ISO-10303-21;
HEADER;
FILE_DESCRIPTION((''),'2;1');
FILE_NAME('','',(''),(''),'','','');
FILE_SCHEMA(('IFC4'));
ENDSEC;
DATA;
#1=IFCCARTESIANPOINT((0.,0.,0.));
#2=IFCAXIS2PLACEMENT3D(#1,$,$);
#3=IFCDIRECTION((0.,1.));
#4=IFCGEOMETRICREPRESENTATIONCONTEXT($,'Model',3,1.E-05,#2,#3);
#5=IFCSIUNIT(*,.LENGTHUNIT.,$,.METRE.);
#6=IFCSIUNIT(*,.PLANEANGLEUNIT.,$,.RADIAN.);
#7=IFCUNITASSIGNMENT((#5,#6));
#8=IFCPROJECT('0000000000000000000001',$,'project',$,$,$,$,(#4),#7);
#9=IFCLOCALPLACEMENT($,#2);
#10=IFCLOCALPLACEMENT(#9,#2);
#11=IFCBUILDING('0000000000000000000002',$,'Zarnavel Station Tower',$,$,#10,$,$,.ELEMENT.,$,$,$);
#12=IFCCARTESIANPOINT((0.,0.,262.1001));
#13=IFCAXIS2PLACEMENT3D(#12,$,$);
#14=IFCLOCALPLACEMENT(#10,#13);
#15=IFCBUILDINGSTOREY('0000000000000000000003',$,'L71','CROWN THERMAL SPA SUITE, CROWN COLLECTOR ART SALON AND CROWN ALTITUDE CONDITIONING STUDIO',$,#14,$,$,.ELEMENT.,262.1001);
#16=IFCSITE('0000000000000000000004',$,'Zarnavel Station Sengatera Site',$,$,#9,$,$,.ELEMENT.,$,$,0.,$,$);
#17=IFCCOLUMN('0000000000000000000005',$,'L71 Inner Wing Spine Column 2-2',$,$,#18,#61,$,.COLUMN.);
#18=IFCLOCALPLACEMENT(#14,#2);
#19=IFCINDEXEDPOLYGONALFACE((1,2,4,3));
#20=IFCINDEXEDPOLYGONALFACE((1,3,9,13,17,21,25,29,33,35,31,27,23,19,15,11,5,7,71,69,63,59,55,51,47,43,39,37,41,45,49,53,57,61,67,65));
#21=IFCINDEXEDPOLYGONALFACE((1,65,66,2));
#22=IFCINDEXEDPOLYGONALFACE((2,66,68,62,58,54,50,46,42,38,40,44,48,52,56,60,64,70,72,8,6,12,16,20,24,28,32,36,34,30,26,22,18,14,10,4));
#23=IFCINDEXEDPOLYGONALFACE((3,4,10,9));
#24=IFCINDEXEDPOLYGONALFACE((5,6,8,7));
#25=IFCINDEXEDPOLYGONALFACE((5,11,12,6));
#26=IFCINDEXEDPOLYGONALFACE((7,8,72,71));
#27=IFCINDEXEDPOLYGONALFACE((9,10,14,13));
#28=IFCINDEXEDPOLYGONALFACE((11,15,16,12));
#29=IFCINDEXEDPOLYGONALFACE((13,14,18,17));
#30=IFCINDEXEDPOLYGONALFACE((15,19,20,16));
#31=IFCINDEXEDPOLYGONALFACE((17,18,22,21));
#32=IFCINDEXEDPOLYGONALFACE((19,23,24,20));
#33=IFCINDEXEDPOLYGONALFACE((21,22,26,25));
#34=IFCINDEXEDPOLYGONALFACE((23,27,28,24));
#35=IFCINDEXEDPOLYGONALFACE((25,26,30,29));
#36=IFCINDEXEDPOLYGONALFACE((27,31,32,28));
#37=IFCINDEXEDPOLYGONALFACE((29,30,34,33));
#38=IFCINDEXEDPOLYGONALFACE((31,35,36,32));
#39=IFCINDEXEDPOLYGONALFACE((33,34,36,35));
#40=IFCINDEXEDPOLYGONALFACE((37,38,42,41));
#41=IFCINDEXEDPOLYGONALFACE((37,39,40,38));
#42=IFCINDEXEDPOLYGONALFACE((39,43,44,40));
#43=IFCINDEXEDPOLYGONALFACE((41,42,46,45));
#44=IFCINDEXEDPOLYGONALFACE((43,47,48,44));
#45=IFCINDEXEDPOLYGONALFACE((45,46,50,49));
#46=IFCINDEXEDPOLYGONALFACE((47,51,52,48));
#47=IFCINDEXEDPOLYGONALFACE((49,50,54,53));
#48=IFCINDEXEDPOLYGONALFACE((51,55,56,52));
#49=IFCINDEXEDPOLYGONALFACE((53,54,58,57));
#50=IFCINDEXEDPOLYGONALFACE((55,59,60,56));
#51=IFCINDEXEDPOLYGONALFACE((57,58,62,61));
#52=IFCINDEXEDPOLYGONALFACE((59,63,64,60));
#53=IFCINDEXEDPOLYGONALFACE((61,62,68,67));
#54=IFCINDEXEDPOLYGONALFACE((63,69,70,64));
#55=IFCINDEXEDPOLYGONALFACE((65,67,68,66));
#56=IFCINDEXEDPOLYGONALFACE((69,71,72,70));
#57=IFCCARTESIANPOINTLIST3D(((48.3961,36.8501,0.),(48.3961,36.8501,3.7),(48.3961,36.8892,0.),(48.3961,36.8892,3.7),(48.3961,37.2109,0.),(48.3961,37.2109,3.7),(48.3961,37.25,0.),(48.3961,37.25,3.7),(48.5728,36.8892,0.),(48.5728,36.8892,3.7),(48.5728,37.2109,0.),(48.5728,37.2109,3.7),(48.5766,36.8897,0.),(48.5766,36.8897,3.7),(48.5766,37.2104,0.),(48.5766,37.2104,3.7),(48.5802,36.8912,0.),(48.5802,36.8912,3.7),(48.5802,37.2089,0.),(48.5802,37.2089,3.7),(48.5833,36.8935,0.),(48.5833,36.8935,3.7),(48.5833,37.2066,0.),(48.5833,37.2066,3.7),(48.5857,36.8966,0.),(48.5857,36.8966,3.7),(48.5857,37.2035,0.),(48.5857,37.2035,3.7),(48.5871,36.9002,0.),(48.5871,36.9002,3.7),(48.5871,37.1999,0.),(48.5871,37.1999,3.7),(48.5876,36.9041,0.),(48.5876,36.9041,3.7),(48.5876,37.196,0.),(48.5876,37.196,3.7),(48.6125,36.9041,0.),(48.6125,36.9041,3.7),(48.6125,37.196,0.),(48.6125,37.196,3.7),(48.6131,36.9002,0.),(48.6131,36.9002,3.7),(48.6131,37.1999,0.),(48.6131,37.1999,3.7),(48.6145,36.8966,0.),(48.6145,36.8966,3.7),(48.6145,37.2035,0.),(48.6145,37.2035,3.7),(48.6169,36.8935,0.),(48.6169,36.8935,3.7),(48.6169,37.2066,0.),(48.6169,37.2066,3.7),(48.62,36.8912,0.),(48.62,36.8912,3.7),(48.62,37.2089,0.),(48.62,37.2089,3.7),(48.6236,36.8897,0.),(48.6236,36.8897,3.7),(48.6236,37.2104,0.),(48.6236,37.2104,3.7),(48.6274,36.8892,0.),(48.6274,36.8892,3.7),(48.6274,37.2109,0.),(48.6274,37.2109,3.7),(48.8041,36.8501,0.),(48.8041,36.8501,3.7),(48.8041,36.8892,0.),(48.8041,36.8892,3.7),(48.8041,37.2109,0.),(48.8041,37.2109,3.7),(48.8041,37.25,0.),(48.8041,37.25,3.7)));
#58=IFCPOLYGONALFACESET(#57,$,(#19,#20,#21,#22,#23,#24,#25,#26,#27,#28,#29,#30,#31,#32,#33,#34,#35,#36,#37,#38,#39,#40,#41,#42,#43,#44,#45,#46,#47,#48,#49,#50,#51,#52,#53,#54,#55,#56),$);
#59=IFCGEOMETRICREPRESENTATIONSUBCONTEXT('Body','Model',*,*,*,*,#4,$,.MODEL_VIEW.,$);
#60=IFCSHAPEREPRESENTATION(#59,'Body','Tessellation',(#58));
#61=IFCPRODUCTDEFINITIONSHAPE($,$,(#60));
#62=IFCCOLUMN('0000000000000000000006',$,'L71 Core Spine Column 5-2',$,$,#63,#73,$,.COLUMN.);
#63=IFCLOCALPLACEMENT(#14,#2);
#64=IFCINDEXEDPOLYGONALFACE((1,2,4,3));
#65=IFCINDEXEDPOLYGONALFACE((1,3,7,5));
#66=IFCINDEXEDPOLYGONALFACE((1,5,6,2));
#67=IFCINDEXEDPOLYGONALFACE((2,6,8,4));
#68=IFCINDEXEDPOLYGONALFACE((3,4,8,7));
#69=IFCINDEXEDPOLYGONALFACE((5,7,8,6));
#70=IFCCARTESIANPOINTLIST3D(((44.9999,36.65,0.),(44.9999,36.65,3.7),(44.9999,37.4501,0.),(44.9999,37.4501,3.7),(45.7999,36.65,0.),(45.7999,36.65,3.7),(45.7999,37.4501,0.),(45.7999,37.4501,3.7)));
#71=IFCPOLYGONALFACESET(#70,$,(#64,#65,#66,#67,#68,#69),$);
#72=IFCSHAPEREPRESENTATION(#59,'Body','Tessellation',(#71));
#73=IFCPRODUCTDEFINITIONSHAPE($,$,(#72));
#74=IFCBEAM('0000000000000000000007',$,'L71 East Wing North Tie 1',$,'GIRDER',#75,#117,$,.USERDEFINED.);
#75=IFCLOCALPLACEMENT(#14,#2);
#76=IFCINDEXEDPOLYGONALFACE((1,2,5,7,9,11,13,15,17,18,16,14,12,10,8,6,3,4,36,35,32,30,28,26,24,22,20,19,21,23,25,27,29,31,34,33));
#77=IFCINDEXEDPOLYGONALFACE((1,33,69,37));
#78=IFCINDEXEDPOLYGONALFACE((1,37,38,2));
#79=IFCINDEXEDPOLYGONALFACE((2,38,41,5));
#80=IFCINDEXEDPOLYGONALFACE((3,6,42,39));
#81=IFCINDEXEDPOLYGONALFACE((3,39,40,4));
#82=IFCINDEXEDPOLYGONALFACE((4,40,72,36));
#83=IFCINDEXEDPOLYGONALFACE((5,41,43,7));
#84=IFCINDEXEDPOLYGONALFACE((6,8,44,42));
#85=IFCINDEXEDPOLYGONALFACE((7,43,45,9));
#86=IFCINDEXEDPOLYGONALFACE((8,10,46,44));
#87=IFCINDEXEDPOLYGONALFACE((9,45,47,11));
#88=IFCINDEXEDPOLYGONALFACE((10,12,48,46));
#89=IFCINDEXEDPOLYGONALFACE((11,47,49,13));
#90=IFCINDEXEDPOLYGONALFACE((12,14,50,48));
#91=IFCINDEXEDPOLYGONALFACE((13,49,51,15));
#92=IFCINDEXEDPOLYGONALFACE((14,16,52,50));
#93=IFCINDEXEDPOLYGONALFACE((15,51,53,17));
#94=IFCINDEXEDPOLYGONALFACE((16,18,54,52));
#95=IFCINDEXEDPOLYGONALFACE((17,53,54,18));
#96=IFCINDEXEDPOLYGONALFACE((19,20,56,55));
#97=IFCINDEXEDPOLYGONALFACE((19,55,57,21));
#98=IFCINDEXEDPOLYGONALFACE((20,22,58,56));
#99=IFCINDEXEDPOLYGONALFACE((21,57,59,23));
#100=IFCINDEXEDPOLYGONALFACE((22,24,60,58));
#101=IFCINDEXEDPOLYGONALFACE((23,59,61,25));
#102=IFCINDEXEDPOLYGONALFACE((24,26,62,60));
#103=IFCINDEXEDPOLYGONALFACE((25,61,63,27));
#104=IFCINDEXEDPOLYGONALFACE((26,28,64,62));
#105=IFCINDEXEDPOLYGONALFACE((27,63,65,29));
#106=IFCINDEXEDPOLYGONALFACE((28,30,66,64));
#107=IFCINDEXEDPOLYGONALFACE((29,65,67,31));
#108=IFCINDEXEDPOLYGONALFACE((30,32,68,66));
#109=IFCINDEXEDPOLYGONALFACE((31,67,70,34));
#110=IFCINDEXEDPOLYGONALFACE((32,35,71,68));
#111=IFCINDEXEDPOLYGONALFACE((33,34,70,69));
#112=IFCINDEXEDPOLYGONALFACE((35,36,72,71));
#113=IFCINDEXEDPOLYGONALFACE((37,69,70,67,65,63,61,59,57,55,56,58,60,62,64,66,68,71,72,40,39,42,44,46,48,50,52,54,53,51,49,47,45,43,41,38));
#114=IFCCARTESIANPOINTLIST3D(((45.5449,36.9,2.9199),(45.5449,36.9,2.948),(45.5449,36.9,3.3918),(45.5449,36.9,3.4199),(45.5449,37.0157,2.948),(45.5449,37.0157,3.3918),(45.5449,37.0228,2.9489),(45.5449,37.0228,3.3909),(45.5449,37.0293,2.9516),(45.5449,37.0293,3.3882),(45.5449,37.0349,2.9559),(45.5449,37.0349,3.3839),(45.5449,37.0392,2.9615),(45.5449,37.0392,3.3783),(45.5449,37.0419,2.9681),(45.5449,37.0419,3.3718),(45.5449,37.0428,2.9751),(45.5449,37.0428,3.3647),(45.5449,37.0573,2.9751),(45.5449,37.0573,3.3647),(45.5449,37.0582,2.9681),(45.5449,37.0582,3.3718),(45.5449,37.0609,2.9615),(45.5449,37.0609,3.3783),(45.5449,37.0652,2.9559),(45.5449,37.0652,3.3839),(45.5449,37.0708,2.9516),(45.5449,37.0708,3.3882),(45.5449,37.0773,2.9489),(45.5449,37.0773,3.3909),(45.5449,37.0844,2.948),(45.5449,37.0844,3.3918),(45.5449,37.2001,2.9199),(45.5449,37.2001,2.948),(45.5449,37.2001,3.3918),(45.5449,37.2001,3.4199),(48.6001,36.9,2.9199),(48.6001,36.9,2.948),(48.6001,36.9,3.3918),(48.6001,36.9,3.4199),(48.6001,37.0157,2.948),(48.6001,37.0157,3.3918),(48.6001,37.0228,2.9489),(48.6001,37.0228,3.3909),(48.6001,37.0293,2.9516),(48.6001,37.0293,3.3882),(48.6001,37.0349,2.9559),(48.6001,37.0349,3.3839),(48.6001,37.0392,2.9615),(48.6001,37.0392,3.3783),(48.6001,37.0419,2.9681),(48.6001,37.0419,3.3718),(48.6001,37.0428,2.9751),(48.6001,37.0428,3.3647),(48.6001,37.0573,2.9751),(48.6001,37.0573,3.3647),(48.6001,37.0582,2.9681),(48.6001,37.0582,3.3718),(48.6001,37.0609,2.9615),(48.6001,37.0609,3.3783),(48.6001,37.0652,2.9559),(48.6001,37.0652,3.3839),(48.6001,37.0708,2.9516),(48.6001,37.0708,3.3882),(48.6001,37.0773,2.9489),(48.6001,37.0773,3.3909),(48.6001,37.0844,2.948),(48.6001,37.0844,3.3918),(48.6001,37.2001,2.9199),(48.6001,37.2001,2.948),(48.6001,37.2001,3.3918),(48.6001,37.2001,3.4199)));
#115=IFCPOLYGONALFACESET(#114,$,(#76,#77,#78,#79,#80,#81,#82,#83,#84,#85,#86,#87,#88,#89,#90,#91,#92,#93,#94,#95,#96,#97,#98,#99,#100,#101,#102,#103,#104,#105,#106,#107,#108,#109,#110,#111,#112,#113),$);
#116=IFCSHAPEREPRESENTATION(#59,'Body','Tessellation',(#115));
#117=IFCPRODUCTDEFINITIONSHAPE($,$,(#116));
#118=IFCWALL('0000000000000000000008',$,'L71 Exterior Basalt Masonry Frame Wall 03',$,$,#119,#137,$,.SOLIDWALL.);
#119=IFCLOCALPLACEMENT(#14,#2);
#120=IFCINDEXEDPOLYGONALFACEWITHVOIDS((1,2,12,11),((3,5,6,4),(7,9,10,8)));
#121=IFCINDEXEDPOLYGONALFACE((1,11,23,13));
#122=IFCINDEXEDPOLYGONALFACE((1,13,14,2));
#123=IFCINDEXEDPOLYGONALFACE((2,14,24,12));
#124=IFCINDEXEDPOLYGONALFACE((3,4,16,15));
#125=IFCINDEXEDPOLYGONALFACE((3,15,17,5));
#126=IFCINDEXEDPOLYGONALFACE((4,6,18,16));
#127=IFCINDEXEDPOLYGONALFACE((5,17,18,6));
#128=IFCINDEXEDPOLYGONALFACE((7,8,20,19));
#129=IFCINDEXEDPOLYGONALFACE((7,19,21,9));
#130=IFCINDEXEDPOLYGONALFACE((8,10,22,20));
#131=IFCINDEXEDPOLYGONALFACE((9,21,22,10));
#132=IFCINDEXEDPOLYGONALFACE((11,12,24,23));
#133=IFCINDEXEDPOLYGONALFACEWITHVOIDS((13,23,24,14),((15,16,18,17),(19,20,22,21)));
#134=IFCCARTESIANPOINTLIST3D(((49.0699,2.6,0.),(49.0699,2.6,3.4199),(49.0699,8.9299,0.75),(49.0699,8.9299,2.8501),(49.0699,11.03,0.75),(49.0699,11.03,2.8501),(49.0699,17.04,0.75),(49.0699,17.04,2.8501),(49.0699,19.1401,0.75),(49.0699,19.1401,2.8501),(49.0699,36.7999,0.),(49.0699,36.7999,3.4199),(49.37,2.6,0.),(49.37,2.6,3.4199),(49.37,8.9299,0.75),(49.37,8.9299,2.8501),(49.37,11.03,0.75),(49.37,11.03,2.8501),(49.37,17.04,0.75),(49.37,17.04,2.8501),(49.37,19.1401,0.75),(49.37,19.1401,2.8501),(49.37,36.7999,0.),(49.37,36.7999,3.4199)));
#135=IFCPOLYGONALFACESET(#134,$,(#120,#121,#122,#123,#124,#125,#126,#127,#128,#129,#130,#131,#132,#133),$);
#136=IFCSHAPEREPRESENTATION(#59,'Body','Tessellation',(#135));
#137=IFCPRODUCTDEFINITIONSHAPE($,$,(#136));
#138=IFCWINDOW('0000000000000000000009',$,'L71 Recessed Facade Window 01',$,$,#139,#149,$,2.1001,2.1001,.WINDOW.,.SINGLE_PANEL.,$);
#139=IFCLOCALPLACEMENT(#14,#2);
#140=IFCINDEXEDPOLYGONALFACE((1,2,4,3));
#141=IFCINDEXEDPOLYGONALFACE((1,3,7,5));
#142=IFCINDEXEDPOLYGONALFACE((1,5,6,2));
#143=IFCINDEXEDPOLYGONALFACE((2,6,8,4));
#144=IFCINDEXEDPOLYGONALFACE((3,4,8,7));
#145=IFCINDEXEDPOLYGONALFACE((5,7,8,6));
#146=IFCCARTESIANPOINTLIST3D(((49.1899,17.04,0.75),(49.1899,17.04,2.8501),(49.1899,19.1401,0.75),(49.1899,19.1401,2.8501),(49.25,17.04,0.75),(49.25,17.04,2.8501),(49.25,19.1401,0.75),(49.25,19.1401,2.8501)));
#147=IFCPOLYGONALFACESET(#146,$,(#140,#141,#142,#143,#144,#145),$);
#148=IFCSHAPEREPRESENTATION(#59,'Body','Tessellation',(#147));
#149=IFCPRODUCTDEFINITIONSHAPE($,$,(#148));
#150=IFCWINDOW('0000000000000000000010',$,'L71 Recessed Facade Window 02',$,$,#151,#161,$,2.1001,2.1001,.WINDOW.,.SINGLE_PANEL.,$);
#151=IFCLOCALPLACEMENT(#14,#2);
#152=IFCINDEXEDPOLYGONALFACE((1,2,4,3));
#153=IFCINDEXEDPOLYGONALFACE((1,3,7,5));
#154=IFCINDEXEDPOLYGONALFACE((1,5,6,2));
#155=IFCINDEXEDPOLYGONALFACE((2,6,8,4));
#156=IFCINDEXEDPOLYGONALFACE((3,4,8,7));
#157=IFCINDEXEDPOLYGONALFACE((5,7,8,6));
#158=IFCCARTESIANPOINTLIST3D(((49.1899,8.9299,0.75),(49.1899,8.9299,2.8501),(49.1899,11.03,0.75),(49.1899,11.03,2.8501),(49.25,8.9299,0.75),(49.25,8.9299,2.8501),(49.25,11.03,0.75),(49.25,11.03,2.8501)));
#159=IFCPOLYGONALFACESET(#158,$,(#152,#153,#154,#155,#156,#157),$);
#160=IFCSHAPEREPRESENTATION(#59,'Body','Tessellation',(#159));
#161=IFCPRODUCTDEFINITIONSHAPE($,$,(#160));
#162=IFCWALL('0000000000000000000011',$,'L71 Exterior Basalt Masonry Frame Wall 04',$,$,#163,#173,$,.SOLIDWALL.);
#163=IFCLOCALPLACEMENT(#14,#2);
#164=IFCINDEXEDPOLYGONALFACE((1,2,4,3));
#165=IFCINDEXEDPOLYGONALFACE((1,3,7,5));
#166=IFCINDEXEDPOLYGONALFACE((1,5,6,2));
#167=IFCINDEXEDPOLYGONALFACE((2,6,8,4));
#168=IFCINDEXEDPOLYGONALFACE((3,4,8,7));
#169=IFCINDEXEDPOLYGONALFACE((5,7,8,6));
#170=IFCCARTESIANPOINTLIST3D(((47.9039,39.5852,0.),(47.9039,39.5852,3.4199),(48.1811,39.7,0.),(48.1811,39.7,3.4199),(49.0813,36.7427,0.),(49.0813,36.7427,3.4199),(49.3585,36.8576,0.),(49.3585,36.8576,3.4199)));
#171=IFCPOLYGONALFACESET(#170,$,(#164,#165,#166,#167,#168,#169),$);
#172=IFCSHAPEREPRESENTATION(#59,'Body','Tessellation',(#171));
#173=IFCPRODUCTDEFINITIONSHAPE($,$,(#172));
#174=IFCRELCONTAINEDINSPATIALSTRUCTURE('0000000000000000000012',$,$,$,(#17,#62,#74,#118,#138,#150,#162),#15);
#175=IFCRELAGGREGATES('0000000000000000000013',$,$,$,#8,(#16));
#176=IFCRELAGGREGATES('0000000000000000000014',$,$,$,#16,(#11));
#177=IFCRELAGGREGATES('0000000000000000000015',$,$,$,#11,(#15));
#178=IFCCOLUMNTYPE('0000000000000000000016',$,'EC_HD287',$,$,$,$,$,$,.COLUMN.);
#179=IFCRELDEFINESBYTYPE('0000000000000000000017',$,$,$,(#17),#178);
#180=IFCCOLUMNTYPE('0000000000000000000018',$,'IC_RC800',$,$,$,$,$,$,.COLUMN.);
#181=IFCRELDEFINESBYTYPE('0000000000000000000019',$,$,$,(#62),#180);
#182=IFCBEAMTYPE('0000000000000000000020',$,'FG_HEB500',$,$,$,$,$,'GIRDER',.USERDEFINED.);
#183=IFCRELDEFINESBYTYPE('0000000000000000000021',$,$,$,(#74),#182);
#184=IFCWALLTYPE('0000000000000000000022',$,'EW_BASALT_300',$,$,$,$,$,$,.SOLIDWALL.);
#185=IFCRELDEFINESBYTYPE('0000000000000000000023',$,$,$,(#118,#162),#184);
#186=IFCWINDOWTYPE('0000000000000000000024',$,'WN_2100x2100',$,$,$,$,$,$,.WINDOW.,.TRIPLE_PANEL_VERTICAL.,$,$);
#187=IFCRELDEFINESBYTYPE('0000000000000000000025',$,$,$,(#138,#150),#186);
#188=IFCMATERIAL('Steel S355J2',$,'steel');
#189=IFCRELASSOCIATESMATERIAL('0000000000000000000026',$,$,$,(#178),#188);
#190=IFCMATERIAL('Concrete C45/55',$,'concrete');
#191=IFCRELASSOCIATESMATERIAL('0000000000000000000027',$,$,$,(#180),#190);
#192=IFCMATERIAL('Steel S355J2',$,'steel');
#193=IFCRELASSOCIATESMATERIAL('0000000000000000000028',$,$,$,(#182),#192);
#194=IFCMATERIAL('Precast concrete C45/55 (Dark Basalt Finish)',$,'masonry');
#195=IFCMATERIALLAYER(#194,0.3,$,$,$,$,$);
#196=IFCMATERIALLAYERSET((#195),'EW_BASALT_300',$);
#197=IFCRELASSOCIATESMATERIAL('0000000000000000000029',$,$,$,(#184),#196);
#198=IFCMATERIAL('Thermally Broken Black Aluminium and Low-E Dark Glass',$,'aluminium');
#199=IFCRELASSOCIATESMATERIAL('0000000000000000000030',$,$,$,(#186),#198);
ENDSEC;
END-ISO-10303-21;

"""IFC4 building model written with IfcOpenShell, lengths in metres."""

from ifc_helpers import new_model, si_unit, direction, frame, frame_2d, origin, origin_2d, place, context, subcontext, project, spatial, rectangle, i_section, extrude, material, layer, layer_set, material_profile, profile_set, type_object, element, fill, save


model = new_model("IFC4")

# Units and contexts
model_context = context("Model", 3, precision=1e-05, world=origin(), true_north=direction((0.0, 1.0)))
body_context = subcontext(model_context, "Body", "Model", "MODEL_VIEW")
ifc_project = project(units=[si_unit("LENGTHUNIT", "METRE"), si_unit("PLANEANGLEUNIT", "RADIAN")], contexts=[model_context])

# Site, building, storey
site_placement = place(None, origin())
site = spatial("IfcSite", under=ifc_project, at=site_placement, Name="Zarnavel Station Sengatera Site", CompositionType="ELEMENT", RefElevation=0.0)
building_placement = place(site_placement, origin())
building = spatial("IfcBuilding", under=site, at=building_placement, Name="Zarnavel Station Tower", CompositionType="ELEMENT")
storey_placement = place(building_placement, frame((0.0, 0.0, 262.1001)))
storey = spatial("IfcBuildingStorey", under=building, at=storey_placement, Name="L71", Description="CROWN THERMAL SPA SUITE, CROWN COLLECTOR ART SALON AND CROWN ALTITUDE CONDITIONING STUDIO", CompositionType="ELEMENT", Elevation=262.1001)

# Columns
ifc_material_1 = material(Name="Steel S355J2", Category="steel")
ifc_material_profile_1 = material_profile(ifc_material_1, i_section(OverallWidth=0.408, OverallDepth=0.3999, WebThickness=0.0249, FlangeThickness=0.0391, FilletRadius=0.0149, at=origin_2d()), Name="HD400x287")
ifc_profile_set_1 = profile_set([ifc_material_profile_1], Name="Steel S355J2")
column_type_1 = type_object("IfcColumnType", Name="EC_HD287", PredefinedType="COLUMN", material=ifc_profile_set_1)
column_1_placement = place(storey_placement, frame((48.6001, 37.05, 0.0), z_axis=(0.0, 0.0, 1.0), x_axis=(1.0, 0.0, 0.0)))
element("IfcColumn", 1, at=column_1_placement, inside=storey, type_object=column_type_1, Name="L71 Inner Wing Spine Column 2-2", PredefinedType="COLUMN", context=body_context, shape_type="SweptSolid", body=[
    extrude(i_section(OverallWidth=0.408, OverallDepth=0.3999, WebThickness=0.0249, FlangeThickness=0.0391, FilletRadius=0.0149, at=origin_2d()), origin(), (0.0, 0.0, 1.0), 3.7),
])
ifc_material_2 = material(Name="Concrete C45/55", Category="concrete")
ifc_material_profile_2 = material_profile(ifc_material_2, rectangle(XDim=0.8, YDim=0.8, at=origin_2d()), Name="RC800x800")
ifc_profile_set_2 = profile_set([ifc_material_profile_2], Name="Concrete C45/55")
column_type_2 = type_object("IfcColumnType", Name="IC_RC800", PredefinedType="COLUMN", material=ifc_profile_set_2)
column_2_placement = place(storey_placement, frame((45.3999, 37.05, 0.0), z_axis=(0.0, 0.0, 1.0), x_axis=(1.0, 0.0, 0.0)))
element("IfcColumn", 2, at=column_2_placement, inside=storey, type_object=column_type_2, Name="L71 Core Spine Column 5-2", PredefinedType="COLUMN", context=body_context, shape_type="SweptSolid", body=[
    extrude(rectangle(XDim=0.8, YDim=0.8, at=origin_2d()), origin(), (0.0, 0.0, 1.0), 3.7),
])

# Beam
ifc_material_3 = material(Name="Steel S355J2", Category="steel")
ifc_material_profile_3 = material_profile(ifc_material_3, i_section(OverallWidth=0.3, OverallDepth=0.5, WebThickness=0.0144, FlangeThickness=0.0281, FilletRadius=0.0271, at=origin_2d()), Name="HEB500")
ifc_profile_set_3 = profile_set([ifc_material_profile_3], Name="Steel S355J2")
beam_type = type_object("IfcBeamType", Name="FG_HEB500", ElementType="GIRDER", PredefinedType="USERDEFINED", material=ifc_profile_set_3)
beam_placement = place(storey_placement, frame((45.5449, 37.05, 3.1699), z_axis=(1.0, 0.0, 0.0), x_axis=(0.0, 1.0, 0.0)))
element("IfcBeam", 3, at=beam_placement, inside=storey, type_object=beam_type, Name="L71 East Wing North Tie 1", ObjectType="GIRDER", PredefinedType="USERDEFINED", context=body_context, shape_type="SweptSolid", body=[
    extrude(i_section(OverallWidth=0.3, OverallDepth=0.5, WebThickness=0.0144, FlangeThickness=0.0281, FilletRadius=0.0271, at=origin_2d()), origin(), (0.0, 0.0, 1.0), 3.0552),
])

# Wall, openings, windows
ifc_material_4 = material(Name="Precast concrete C45/55 (Dark Basalt Finish)", Category="masonry")
ifc_layer_1 = layer(ifc_material_4, 0.3)
ifc_layer_set_1 = layer_set([ifc_layer_1], Name="EW_BASALT_300")
wall_type_1 = type_object("IfcWallType", Name="EW_BASALT_300", PredefinedType="SOLIDWALL", material=ifc_layer_set_1)
wall_1_placement = place(storey_placement, frame((49.22, 36.8, 0.0), z_axis=(0.0, 0.0, 1.0), x_axis=(0.0, -1.0, 0.0)))
wall_1 = element("IfcWall", 4, at=wall_1_placement, inside=storey, type_object=wall_type_1, Name="L71 Exterior Basalt Masonry Frame Wall 03", PredefinedType="SOLIDWALL", context=body_context, shape_type="SweptSolid", body=[
    extrude(rectangle(XDim=34.2, YDim=0.3, at=frame_2d((17.1001, 0.0))), origin(), (0.0, 0.0, 1.0), 3.4199),
])
opening_1_placement = place(wall_1_placement, frame((17.6599, 0.0, 0.75)))
opening_1 = element("IfcOpeningElement", 5, at=opening_1_placement, cuts=wall_1, PredefinedType="OPENING", context=body_context, shape_type="SweptSolid", body=[
    extrude(rectangle(XDim=2.1001, YDim=2.1001, at=frame_2d((1.05, 1.05))), frame((0.0, 0.1599, 0.0), z_axis=(0.0, -1.0, 0.0), x_axis=(1.0, 0.0, 0.0)), (0.0, 0.0, 1.0), 0.3201),
])
opening_2_placement = place(wall_1_placement, frame((25.77, 0.0, 0.75)))
opening_2 = element("IfcOpeningElement", 6, at=opening_2_placement, cuts=wall_1, PredefinedType="OPENING", context=body_context, shape_type="SweptSolid", body=[
    extrude(rectangle(XDim=2.1001, YDim=2.1001, at=frame_2d((1.05, 1.05))), frame((0.0, 0.1599, 0.0), z_axis=(0.0, -1.0, 0.0), x_axis=(1.0, 0.0, 0.0)), (0.0, 0.0, 1.0), 0.3201),
])
ifc_material_5 = material(Name="Thermally Broken Black Aluminium and Low-E Dark Glass", Category="aluminium")
window_type = type_object("IfcWindowType", Name="WN_2100x2100", PartitioningType="TRIPLE_PANEL_VERTICAL", PredefinedType="WINDOW", material=ifc_material_5)
window_1_placement = place(opening_1_placement, origin())
window_1 = element("IfcWindow", 7, at=window_1_placement, inside=storey, type_object=window_type, Name="L71 Recessed Facade Window 01", OverallHeight=2.1001, OverallWidth=2.1001, PartitioningType="SINGLE_PANEL", PredefinedType="WINDOW", context=body_context, shape_type="SweptSolid", body=[
    extrude(rectangle(XDim=2.1001, YDim=2.1001, at=frame_2d((1.05, 1.05))), frame((0.0, 0.03, 0.0), z_axis=(0.0, -1.0, 0.0), x_axis=(1.0, 0.0, 0.0)), (0.0, 0.0, 1.0), 0.0601),
])
fill(opening_1, window_1)
window_2_placement = place(opening_2_placement, origin())
window_2 = element("IfcWindow", 8, at=window_2_placement, inside=storey, type_object=window_type, Name="L71 Recessed Facade Window 02", OverallHeight=2.1001, OverallWidth=2.1001, PartitioningType="SINGLE_PANEL", PredefinedType="WINDOW", context=body_context, shape_type="SweptSolid", body=[
    extrude(rectangle(XDim=2.1001, YDim=2.1001, at=frame_2d((1.05, 1.05))), frame((0.0, 0.03, 0.0), z_axis=(0.0, -1.0, 0.0), x_axis=(1.0, 0.0, 0.0)), (0.0, 0.0, 1.0), 0.0601),
])
fill(opening_2, window_2)

# Wall
for number, where, z_axis, x_axis, name in (
    (9, (48.0425, 39.6426, 0.0), (0.0, 0.0, 1.0), (0.382705, -0.923871, 0.0), "L71 Exterior Basalt Masonry Frame Wall 04"),
):
    element("IfcWall", number, at=place(storey_placement, frame(where, z_axis=z_axis, x_axis=x_axis)), inside=storey, type_object=wall_type_1, Name=name, PredefinedType="SOLIDWALL", context=body_context, shape_type="SweptSolid", body=[
        extrude(rectangle(XDim=3.0767, YDim=0.3, at=frame_2d((1.5383, 0.0))), origin(), (0.0, 0.0, 1.0), 3.4199),
    ])

save(model, "model.ifc")
